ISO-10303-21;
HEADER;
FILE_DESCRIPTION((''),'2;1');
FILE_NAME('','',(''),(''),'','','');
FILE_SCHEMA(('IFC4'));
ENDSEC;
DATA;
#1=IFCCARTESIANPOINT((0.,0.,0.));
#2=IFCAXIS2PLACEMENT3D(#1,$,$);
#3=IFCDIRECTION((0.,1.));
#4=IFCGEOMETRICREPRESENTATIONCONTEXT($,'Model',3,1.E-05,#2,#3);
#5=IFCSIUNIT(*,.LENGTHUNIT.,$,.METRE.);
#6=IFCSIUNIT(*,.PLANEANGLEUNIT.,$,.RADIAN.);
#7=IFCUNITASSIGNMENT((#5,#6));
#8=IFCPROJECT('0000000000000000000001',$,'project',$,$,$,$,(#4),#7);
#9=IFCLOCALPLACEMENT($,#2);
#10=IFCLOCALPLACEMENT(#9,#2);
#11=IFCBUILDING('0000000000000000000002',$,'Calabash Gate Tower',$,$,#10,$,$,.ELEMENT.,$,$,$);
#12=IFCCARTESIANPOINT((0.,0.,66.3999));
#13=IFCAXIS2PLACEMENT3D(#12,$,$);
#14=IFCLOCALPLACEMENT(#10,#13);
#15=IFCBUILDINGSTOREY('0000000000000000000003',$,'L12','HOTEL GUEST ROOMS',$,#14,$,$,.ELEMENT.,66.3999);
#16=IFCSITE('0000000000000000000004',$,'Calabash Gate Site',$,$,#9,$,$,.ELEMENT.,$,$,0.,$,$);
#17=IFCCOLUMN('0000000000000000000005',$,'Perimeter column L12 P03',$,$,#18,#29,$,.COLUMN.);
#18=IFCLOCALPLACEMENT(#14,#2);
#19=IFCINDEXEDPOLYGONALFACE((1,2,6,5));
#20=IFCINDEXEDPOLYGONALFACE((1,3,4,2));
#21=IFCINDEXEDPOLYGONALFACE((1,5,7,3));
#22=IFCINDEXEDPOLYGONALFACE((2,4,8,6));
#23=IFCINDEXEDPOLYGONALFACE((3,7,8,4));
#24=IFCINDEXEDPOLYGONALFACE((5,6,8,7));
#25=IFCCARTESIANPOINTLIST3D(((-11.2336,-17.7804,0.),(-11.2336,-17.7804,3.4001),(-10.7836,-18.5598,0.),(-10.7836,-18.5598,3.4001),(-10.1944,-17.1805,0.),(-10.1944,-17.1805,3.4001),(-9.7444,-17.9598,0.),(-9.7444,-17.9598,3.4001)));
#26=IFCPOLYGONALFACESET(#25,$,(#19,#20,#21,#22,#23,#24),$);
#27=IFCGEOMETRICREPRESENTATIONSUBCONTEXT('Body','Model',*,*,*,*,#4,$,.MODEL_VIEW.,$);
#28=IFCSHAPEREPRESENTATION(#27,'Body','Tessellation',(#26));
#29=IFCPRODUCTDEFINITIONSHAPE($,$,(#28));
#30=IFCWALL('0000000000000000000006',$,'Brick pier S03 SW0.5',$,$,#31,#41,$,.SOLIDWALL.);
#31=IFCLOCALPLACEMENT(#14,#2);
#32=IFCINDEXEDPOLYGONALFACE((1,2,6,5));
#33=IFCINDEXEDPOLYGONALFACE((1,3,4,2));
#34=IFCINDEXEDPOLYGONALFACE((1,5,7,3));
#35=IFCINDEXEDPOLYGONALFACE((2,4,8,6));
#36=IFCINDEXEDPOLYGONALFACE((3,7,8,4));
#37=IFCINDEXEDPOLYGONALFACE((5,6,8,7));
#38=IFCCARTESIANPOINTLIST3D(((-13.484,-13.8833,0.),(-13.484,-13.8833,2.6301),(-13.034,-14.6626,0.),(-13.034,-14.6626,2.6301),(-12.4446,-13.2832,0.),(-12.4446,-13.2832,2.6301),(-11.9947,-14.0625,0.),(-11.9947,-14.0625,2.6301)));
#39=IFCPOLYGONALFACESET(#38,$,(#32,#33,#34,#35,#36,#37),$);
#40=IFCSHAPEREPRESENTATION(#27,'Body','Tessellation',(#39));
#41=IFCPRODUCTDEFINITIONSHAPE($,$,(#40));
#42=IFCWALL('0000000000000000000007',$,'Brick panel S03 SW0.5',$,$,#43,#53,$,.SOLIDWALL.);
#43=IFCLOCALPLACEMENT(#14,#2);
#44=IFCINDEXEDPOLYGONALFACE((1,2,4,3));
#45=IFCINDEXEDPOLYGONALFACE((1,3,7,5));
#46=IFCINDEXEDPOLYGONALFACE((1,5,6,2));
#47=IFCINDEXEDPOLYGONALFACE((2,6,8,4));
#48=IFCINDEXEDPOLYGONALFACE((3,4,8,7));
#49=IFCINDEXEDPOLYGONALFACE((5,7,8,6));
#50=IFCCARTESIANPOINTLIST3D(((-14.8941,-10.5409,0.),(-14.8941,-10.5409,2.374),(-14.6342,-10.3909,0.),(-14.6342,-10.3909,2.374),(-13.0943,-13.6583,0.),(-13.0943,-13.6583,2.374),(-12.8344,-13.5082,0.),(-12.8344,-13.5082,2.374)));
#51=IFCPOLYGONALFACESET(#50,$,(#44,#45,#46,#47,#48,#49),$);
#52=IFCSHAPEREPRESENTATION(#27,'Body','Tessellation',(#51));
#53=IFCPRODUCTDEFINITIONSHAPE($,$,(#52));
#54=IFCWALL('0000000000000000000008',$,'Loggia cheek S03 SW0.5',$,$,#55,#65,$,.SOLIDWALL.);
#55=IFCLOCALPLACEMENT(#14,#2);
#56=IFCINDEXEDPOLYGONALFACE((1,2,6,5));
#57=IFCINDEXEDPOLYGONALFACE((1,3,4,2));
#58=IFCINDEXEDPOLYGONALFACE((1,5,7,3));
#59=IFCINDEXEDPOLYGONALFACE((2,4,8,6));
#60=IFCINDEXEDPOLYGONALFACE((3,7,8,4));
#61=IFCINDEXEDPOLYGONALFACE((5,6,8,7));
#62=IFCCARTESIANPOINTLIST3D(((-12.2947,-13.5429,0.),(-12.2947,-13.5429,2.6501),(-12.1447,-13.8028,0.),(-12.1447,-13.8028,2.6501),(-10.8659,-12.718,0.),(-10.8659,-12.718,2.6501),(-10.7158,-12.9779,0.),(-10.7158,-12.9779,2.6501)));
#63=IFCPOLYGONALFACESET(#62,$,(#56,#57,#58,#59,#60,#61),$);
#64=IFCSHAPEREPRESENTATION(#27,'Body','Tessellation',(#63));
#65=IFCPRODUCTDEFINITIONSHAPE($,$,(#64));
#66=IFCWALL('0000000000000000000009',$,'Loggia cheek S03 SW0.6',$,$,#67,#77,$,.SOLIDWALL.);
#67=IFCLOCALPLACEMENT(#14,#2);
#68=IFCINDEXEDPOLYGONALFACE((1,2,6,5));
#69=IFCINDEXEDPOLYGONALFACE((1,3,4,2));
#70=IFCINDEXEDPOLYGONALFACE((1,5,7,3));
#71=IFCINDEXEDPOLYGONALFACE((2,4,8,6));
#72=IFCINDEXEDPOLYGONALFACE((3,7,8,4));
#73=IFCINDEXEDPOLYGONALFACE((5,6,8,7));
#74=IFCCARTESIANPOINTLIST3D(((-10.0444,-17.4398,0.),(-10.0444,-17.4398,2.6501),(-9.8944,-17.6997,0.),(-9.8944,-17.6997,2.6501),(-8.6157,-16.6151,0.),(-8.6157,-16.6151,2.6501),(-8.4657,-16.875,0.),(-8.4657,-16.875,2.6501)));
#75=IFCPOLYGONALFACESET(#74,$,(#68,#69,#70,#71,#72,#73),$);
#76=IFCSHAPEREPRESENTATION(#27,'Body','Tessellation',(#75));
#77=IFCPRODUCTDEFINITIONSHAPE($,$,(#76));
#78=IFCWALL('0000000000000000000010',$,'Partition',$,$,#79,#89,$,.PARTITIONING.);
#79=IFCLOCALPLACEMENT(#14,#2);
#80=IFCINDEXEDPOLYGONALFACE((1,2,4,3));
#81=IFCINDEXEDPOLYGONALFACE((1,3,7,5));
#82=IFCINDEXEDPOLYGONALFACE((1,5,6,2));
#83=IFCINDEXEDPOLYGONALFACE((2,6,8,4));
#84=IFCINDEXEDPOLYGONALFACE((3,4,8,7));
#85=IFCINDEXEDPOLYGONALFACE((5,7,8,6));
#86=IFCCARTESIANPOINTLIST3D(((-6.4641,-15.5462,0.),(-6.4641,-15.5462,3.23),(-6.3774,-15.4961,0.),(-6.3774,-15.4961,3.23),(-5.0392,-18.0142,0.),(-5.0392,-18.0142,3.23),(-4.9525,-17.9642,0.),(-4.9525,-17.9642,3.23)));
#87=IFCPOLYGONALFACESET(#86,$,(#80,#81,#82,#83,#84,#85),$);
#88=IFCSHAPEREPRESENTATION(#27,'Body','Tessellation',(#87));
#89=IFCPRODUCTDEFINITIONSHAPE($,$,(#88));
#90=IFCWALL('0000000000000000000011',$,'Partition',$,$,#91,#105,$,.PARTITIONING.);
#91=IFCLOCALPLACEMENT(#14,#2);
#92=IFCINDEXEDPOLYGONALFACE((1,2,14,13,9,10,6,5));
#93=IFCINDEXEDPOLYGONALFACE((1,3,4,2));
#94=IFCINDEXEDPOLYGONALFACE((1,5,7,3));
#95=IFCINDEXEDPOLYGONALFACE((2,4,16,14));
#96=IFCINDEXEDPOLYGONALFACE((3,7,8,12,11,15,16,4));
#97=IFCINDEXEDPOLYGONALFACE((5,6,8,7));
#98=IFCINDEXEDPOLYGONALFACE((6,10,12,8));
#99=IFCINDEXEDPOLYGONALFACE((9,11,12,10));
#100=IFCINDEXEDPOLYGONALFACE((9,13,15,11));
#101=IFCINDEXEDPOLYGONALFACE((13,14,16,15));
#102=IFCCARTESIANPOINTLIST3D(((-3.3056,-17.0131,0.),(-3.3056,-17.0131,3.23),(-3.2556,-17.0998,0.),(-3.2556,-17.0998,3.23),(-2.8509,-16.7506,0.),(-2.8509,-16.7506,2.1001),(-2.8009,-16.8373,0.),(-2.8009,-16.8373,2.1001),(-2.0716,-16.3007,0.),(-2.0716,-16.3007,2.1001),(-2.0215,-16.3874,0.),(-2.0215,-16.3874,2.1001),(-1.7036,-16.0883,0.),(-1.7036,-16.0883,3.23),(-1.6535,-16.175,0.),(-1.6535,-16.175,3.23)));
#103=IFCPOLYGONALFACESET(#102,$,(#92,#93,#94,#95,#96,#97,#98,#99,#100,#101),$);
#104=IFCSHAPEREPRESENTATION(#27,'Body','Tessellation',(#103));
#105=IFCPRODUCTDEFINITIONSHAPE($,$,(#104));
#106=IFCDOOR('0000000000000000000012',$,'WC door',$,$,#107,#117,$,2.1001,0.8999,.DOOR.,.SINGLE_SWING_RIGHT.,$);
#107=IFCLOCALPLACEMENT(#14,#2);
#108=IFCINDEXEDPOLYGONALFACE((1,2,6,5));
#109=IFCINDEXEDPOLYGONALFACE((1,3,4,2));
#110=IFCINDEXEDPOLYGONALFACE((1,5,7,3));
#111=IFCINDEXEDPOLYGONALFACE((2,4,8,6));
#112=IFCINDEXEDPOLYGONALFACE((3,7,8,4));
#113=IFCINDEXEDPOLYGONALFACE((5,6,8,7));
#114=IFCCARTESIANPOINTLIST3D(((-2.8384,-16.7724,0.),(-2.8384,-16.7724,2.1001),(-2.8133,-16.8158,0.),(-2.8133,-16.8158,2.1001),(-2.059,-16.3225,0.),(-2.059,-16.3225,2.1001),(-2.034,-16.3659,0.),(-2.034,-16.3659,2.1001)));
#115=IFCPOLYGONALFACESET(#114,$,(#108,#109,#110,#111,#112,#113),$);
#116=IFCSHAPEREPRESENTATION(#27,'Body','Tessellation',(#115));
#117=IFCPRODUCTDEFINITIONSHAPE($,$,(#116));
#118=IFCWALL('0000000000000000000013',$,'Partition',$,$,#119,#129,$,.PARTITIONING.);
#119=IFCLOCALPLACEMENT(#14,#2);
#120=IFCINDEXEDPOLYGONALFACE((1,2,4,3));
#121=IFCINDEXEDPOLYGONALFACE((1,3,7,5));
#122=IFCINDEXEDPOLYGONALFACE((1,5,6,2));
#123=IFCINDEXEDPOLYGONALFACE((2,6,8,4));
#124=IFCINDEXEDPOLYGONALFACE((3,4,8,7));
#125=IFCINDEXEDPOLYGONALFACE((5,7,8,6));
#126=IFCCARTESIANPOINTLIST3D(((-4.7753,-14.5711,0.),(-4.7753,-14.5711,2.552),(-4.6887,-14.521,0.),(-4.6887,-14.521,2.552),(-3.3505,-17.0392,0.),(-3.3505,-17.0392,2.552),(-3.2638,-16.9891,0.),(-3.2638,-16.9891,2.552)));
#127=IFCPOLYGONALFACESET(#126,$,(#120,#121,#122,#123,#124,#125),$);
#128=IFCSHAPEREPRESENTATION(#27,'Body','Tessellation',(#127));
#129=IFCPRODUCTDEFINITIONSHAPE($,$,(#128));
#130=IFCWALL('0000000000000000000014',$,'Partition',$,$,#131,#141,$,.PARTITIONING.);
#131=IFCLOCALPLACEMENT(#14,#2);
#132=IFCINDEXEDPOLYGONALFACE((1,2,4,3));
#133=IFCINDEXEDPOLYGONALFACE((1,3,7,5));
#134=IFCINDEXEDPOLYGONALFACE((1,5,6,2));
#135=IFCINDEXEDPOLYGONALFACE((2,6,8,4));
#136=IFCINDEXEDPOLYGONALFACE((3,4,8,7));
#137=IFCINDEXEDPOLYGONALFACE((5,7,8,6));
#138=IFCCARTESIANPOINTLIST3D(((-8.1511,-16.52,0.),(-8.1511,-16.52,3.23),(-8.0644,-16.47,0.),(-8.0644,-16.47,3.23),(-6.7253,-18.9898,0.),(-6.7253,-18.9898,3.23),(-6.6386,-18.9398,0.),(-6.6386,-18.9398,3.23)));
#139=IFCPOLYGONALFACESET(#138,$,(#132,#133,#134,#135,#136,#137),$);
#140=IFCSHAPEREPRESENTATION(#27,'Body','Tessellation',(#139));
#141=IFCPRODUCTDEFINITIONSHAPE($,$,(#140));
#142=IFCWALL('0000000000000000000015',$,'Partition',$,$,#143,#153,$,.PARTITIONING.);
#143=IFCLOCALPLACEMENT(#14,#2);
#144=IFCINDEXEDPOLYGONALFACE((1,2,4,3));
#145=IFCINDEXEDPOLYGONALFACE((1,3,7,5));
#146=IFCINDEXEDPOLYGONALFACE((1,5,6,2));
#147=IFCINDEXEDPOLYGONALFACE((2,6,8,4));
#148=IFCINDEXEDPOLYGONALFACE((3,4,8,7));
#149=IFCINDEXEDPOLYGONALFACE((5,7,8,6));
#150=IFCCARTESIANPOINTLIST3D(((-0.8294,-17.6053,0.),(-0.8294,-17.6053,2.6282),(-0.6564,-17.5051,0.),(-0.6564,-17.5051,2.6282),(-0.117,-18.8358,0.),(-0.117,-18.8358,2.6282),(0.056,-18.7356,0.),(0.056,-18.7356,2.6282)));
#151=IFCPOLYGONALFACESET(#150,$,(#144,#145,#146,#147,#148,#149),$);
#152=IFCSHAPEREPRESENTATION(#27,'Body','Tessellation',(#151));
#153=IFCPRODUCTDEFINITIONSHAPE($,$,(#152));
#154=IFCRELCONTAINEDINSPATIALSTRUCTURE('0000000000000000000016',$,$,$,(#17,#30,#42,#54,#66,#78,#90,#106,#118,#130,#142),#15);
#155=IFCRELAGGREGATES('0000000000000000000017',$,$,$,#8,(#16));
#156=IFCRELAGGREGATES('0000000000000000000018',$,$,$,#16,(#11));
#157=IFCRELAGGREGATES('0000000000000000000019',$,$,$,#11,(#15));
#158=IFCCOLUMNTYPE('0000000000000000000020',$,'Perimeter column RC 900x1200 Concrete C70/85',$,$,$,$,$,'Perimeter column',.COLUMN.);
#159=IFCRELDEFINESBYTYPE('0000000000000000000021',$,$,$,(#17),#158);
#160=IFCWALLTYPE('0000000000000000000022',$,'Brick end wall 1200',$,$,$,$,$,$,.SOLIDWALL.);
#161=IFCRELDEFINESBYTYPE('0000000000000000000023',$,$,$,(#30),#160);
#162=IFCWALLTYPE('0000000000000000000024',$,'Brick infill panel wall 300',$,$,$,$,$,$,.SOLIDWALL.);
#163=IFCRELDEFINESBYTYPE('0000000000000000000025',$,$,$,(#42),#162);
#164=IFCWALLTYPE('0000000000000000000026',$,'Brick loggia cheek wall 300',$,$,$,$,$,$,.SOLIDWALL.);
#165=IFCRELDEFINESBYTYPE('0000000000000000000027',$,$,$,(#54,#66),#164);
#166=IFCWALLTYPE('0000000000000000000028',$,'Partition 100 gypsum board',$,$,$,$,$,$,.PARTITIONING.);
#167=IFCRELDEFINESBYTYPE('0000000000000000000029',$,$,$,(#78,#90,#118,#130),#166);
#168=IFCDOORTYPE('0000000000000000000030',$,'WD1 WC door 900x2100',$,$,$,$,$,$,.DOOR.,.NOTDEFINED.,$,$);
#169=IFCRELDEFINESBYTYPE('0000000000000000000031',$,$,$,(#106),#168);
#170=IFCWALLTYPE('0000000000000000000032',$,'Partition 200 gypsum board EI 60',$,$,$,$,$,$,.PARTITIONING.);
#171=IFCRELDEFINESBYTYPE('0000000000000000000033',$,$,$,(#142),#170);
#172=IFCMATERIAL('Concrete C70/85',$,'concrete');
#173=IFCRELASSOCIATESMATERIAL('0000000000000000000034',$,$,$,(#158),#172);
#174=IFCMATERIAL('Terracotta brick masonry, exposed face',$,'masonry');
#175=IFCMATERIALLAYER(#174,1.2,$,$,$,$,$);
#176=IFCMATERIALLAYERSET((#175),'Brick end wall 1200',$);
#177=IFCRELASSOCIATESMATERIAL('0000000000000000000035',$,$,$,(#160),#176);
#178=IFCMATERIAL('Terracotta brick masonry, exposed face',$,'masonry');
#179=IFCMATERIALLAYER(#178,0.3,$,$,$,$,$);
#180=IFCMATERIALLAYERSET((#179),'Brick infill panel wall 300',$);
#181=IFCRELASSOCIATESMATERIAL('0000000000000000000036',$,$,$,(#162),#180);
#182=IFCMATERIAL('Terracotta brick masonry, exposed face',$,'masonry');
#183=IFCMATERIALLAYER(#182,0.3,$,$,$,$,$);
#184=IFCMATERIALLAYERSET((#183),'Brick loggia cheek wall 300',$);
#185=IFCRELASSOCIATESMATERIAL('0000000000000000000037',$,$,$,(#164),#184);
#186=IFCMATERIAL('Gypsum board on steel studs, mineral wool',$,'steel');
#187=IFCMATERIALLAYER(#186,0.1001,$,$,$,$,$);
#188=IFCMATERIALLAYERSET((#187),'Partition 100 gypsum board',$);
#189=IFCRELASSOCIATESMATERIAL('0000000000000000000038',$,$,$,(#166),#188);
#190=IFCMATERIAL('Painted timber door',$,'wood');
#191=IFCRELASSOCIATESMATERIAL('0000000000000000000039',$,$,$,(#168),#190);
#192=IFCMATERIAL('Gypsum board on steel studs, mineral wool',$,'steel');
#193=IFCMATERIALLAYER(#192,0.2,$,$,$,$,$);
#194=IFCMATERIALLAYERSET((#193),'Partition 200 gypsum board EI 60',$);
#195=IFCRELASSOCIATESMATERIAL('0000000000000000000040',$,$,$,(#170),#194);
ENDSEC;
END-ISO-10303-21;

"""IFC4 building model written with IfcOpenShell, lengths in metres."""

from ifc_helpers import new_model, si_unit, direction, frame, frame_2d, origin, origin_2d, place, context, subcontext, project, spatial, rectangle, extrude, material, layer, layer_set, material_profile, profile_set, type_object, element, fill, save


model = new_model("IFC4")

# Units and contexts
model_context = context("Model", 3, precision=1e-05, world=origin(), true_north=direction((0.0, 1.0)))
body_context = subcontext(model_context, "Body", "Model", "MODEL_VIEW")
ifc_project = project(units=[si_unit("LENGTHUNIT", "METRE"), si_unit("PLANEANGLEUNIT", "RADIAN")], contexts=[model_context])

# Site, building, storey
site_placement = place(None, origin())
site = spatial("IfcSite", under=ifc_project, at=site_placement, Name="Calabash Gate Site", CompositionType="ELEMENT", RefElevation=0.0)
building_placement = place(site_placement, origin())
building = spatial("IfcBuilding", under=site, at=building_placement, Name="Calabash Gate Tower", CompositionType="ELEMENT")
storey_placement = place(building_placement, frame((0.0, 0.0, 66.3999)))
storey = spatial("IfcBuildingStorey", under=building, at=storey_placement, Name="L12", Description="HOTEL GUEST ROOMS", CompositionType="ELEMENT", Elevation=66.3999)

# Column
ifc_material_1 = material(Name="Concrete C70/85", Category="concrete")
ifc_material_profile = material_profile(ifc_material_1, rectangle(XDim=0.8999, YDim=1.2, at=origin_2d()))
ifc_profile_set = profile_set([ifc_material_profile], Name="Concrete C70/85")
column_type = type_object("IfcColumnType", Name="Perimeter column RC 900x1200 Concrete C70/85", ElementType="Perimeter column", PredefinedType="COLUMN", material=ifc_profile_set)
column_placement = place(storey_placement, frame((-10.489, -17.8701, 0.0), z_axis=(0.0, 0.0, 1.0), x_axis=(0.5, -0.866025, 0.0)))
element("IfcColumn", 1, at=column_placement, inside=storey, type_object=column_type, Name="Perimeter column L12 P03", PredefinedType="COLUMN", context=body_context, shape_type="SweptSolid", body=[
    extrude(rectangle(XDim=0.8999, YDim=1.2, at=origin_2d()), origin(), (0.0, 0.0, 1.0), 3.4001),
])

# Walls
ifc_material_2 = material(Name="Terracotta brick masonry, exposed face", Category="masonry")
ifc_layer_1 = layer(ifc_material_2, 1.2)
ifc_layer_set_1 = layer_set([ifc_layer_1], Name="Brick end wall 1200")
wall_type_1 = type_object("IfcWallType", Name="Brick end wall 1200", PredefinedType="SOLIDWALL", material=ifc_layer_set_1)
wall_1_placement = place(storey_placement, frame((-13.259, -14.2729, 0.0), z_axis=(0.0, 0.0, 1.0), x_axis=(0.866006, 0.500034, 0.0)))
element("IfcWall", 2, at=wall_1_placement, inside=storey, type_object=wall_type_1, Name="Brick pier S03 SW0.5", PredefinedType="SOLIDWALL", context=body_context, shape_type="SweptSolid", body=[
    extrude(rectangle(XDim=1.2002, YDim=0.8999, at=frame_2d((0.6001, 0.0))), origin(), (0.0, 0.0, 1.0), 2.6301),
])
ifc_material_3 = material(Name="Terracotta brick masonry, exposed face", Category="masonry")
ifc_layer_2 = layer(ifc_material_3, 0.3)
ifc_layer_set_2 = layer_set([ifc_layer_2], Name="Brick infill panel wall 300")
wall_type_2 = type_object("IfcWallType", Name="Brick infill panel wall 300", PredefinedType="SOLIDWALL", material=ifc_layer_set_2)
wall_2_placement = place(storey_placement, frame((-12.9644, -13.5833, 0.0), z_axis=(0.0, 0.0, 1.0), x_axis=(-0.499991, 0.866031, 0.0)))
element("IfcWall", 3, at=wall_2_placement, inside=storey, type_object=wall_type_2, Name="Brick panel S03 SW0.5", PredefinedType="SOLIDWALL", context=body_context, shape_type="SweptSolid", body=[
    extrude(rectangle(XDim=3.5996, YDim=0.3, at=frame_2d((1.7998, 0.0))), origin(), (0.0, 0.0, 1.0), 2.374),
])
ifc_material_4 = material(Name="Terracotta brick masonry, exposed face", Category="masonry")
ifc_layer_3 = layer(ifc_material_4, 0.3)
ifc_layer_set_3 = layer_set([ifc_layer_3], Name="Brick loggia cheek wall 300")
wall_type_3 = type_object("IfcWallType", Name="Brick loggia cheek wall 300", PredefinedType="SOLIDWALL", material=ifc_layer_set_3)
wall_3_placement = place(storey_placement, frame((-12.2197, -13.6729, 0.0), z_axis=(0.0, 0.0, 1.0), x_axis=(0.86604, 0.499974, 0.0)))
element("IfcWall", 4, at=wall_3_placement, inside=storey, type_object=wall_type_3, Name="Loggia cheek S03 SW0.5", PredefinedType="SOLIDWALL", context=body_context, shape_type="SweptSolid", body=[
    extrude(rectangle(XDim=1.6499, YDim=0.3, at=frame_2d((0.825, 0.0))), origin(), (0.0, 0.0, 1.0), 2.6501),
])
wall_4_placement = place(storey_placement, frame((-8.5408, -16.7451, 0.0), z_axis=(0.0, 0.0, 1.0), x_axis=(-0.866067, -0.499927, 0.0)))
element("IfcWall", 5, at=wall_4_placement, inside=storey, type_object=wall_type_3, Name="Loggia cheek S03 SW0.6", PredefinedType="SOLIDWALL", context=body_context, shape_type="SweptSolid", body=[
    extrude(rectangle(XDim=1.6497, YDim=0.3, at=frame_2d((0.8247, 0.0))), origin(), (0.0, 0.0, 1.0), 2.6501),
])
ifc_material_5 = material(Name="Gypsum board on steel studs, mineral wool", Category="steel")
ifc_layer_4 = layer(ifc_material_5, 0.1001)
ifc_layer_set_4 = layer_set([ifc_layer_4], Name="Partition 100 gypsum board")
wall_type_4 = type_object("IfcWallType", Name="Partition 100 gypsum board", PredefinedType="PARTITIONING", material=ifc_layer_set_4)
wall_5_placement = place(storey_placement, frame((-6.4207, -15.5212, 0.0), z_axis=(0.0, 0.0, 1.0), x_axis=(0.499972, -0.866041, 0.0)))
element("IfcWall", 6, at=wall_5_placement, inside=storey, type_object=wall_type_4, Name="Partition", PredefinedType="PARTITIONING", context=body_context, shape_type="SweptSolid", body=[
    extrude(rectangle(XDim=2.8499, YDim=0.1001, at=frame_2d((1.4248, 0.0))), origin(), (0.0, 0.0, 1.0), 3.23),
])

# Wall, opening, door
wall_6_placement = place(storey_placement, frame((-3.2805, -17.0564, 0.0), z_axis=(0.0, 0.0, 1.0), x_axis=(0.866058, 0.499943, 0.0)))
wall_6 = element("IfcWall", 7, at=wall_6_placement, inside=storey, type_object=wall_type_4, Name="Partition", PredefinedType="PARTITIONING", context=body_context, shape_type="SweptSolid", body=[
    extrude(rectangle(XDim=1.8499, YDim=0.1001, at=frame_2d((0.9248, 0.0))), origin(), (0.0, 0.0, 1.0), 3.23),
])
opening_1_placement = place(wall_6_placement, frame((0.5249, 0.0, 0.0)))
opening_1 = element("IfcOpeningElement", 8, at=opening_1_placement, cuts=wall_6, PredefinedType="OPENING", context=body_context, shape_type="SweptSolid", body=[
    extrude(rectangle(XDim=0.8999, YDim=2.1001, at=frame_2d((0.45, 1.05))), frame((0.0, 0.0601, 0.0), z_axis=(0.0, -1.0, 0.0), x_axis=(1.0, 0.0, 0.0)), (0.0, 0.0, 1.0), 0.1201),
])
ifc_material_6 = material(Name="Painted timber door", Category="wood")
door_type_1 = type_object("IfcDoorType", Name="WD1 WC door 900x2100", OperationType="NOTDEFINED", PredefinedType="DOOR", material=ifc_material_6)
door_1_placement = place(opening_1_placement, origin())
door_1 = element("IfcDoor", 9, at=door_1_placement, inside=storey, type_object=door_type_1, Name="WC door", OperationType="SINGLE_SWING_RIGHT", OverallHeight=2.1001, OverallWidth=0.8999, PredefinedType="DOOR", context=body_context, shape_type="SweptSolid", body=[
    extrude(rectangle(XDim=0.8999, YDim=2.1001, at=frame_2d((0.45, 1.05))), frame((0.0, 0.0249, 0.0), z_axis=(0.0, -1.0, 0.0), x_axis=(1.0, 0.0, 0.0)), (0.0, 0.0, 1.0), 0.05),
])
fill(opening_1, door_1)

# Walls
wall_7_placement = place(storey_placement, frame((-4.7319, -14.5461, 0.0), z_axis=(0.0, 0.0, 1.0), x_axis=(0.499972, -0.866041, 0.0)))
element("IfcWall", 10, at=wall_7_placement, inside=storey, type_object=wall_type_4, Name="Partition", PredefinedType="PARTITIONING", context=body_context, shape_type="SweptSolid", body=[
    extrude(rectangle(XDim=2.8499, YDim=0.1001, at=frame_2d((1.4248, 0.0))), origin(), (0.0, 0.0, 1.0), 2.552),
])
wall_8_placement = place(storey_placement, frame((-8.1077, -16.4951, 0.0), z_axis=(0.0, 0.0, 1.0), x_axis=(0.499969, -0.866043, 0.0)))
element("IfcWall", 11, at=wall_8_placement, inside=storey, type_object=wall_type_4, Name="Partition", PredefinedType="PARTITIONING", context=body_context, shape_type="SweptSolid", body=[
    extrude(rectangle(XDim=2.8518, YDim=0.1001, at=frame_2d((1.4258, 0.0))), origin(), (0.0, 0.0, 1.0), 3.23),
])
ifc_material_7 = material(Name="Gypsum board on steel studs, mineral wool", Category="steel")
ifc_layer_5 = layer(ifc_material_7, 0.2)
ifc_layer_set_5 = layer_set([ifc_layer_5], Name="Partition 200 gypsum board EI 60")
wall_type_5 = type_object("IfcWallType", Name="Partition 200 gypsum board EI 60", PredefinedType="PARTITIONING", material=ifc_layer_set_5)
wall_9_placement = place(storey_placement, frame((-0.7429, -17.5552, 0.0), z_axis=(0.0, 0.0, 1.0), x_axis=(0.50105, -0.865418, 0.0)))
element("IfcWall", 12, at=wall_9_placement, inside=storey, type_object=wall_type_5, Name="Partition", PredefinedType="PARTITIONING", context=body_context, shape_type="SweptSolid", body=[
    extrude(rectangle(XDim=1.4219, YDim=0.2, at=frame_2d((0.7109, 0.0))), origin(), (0.0, 0.0, 1.0), 2.6282),
])

save(model, "model.ifc")
